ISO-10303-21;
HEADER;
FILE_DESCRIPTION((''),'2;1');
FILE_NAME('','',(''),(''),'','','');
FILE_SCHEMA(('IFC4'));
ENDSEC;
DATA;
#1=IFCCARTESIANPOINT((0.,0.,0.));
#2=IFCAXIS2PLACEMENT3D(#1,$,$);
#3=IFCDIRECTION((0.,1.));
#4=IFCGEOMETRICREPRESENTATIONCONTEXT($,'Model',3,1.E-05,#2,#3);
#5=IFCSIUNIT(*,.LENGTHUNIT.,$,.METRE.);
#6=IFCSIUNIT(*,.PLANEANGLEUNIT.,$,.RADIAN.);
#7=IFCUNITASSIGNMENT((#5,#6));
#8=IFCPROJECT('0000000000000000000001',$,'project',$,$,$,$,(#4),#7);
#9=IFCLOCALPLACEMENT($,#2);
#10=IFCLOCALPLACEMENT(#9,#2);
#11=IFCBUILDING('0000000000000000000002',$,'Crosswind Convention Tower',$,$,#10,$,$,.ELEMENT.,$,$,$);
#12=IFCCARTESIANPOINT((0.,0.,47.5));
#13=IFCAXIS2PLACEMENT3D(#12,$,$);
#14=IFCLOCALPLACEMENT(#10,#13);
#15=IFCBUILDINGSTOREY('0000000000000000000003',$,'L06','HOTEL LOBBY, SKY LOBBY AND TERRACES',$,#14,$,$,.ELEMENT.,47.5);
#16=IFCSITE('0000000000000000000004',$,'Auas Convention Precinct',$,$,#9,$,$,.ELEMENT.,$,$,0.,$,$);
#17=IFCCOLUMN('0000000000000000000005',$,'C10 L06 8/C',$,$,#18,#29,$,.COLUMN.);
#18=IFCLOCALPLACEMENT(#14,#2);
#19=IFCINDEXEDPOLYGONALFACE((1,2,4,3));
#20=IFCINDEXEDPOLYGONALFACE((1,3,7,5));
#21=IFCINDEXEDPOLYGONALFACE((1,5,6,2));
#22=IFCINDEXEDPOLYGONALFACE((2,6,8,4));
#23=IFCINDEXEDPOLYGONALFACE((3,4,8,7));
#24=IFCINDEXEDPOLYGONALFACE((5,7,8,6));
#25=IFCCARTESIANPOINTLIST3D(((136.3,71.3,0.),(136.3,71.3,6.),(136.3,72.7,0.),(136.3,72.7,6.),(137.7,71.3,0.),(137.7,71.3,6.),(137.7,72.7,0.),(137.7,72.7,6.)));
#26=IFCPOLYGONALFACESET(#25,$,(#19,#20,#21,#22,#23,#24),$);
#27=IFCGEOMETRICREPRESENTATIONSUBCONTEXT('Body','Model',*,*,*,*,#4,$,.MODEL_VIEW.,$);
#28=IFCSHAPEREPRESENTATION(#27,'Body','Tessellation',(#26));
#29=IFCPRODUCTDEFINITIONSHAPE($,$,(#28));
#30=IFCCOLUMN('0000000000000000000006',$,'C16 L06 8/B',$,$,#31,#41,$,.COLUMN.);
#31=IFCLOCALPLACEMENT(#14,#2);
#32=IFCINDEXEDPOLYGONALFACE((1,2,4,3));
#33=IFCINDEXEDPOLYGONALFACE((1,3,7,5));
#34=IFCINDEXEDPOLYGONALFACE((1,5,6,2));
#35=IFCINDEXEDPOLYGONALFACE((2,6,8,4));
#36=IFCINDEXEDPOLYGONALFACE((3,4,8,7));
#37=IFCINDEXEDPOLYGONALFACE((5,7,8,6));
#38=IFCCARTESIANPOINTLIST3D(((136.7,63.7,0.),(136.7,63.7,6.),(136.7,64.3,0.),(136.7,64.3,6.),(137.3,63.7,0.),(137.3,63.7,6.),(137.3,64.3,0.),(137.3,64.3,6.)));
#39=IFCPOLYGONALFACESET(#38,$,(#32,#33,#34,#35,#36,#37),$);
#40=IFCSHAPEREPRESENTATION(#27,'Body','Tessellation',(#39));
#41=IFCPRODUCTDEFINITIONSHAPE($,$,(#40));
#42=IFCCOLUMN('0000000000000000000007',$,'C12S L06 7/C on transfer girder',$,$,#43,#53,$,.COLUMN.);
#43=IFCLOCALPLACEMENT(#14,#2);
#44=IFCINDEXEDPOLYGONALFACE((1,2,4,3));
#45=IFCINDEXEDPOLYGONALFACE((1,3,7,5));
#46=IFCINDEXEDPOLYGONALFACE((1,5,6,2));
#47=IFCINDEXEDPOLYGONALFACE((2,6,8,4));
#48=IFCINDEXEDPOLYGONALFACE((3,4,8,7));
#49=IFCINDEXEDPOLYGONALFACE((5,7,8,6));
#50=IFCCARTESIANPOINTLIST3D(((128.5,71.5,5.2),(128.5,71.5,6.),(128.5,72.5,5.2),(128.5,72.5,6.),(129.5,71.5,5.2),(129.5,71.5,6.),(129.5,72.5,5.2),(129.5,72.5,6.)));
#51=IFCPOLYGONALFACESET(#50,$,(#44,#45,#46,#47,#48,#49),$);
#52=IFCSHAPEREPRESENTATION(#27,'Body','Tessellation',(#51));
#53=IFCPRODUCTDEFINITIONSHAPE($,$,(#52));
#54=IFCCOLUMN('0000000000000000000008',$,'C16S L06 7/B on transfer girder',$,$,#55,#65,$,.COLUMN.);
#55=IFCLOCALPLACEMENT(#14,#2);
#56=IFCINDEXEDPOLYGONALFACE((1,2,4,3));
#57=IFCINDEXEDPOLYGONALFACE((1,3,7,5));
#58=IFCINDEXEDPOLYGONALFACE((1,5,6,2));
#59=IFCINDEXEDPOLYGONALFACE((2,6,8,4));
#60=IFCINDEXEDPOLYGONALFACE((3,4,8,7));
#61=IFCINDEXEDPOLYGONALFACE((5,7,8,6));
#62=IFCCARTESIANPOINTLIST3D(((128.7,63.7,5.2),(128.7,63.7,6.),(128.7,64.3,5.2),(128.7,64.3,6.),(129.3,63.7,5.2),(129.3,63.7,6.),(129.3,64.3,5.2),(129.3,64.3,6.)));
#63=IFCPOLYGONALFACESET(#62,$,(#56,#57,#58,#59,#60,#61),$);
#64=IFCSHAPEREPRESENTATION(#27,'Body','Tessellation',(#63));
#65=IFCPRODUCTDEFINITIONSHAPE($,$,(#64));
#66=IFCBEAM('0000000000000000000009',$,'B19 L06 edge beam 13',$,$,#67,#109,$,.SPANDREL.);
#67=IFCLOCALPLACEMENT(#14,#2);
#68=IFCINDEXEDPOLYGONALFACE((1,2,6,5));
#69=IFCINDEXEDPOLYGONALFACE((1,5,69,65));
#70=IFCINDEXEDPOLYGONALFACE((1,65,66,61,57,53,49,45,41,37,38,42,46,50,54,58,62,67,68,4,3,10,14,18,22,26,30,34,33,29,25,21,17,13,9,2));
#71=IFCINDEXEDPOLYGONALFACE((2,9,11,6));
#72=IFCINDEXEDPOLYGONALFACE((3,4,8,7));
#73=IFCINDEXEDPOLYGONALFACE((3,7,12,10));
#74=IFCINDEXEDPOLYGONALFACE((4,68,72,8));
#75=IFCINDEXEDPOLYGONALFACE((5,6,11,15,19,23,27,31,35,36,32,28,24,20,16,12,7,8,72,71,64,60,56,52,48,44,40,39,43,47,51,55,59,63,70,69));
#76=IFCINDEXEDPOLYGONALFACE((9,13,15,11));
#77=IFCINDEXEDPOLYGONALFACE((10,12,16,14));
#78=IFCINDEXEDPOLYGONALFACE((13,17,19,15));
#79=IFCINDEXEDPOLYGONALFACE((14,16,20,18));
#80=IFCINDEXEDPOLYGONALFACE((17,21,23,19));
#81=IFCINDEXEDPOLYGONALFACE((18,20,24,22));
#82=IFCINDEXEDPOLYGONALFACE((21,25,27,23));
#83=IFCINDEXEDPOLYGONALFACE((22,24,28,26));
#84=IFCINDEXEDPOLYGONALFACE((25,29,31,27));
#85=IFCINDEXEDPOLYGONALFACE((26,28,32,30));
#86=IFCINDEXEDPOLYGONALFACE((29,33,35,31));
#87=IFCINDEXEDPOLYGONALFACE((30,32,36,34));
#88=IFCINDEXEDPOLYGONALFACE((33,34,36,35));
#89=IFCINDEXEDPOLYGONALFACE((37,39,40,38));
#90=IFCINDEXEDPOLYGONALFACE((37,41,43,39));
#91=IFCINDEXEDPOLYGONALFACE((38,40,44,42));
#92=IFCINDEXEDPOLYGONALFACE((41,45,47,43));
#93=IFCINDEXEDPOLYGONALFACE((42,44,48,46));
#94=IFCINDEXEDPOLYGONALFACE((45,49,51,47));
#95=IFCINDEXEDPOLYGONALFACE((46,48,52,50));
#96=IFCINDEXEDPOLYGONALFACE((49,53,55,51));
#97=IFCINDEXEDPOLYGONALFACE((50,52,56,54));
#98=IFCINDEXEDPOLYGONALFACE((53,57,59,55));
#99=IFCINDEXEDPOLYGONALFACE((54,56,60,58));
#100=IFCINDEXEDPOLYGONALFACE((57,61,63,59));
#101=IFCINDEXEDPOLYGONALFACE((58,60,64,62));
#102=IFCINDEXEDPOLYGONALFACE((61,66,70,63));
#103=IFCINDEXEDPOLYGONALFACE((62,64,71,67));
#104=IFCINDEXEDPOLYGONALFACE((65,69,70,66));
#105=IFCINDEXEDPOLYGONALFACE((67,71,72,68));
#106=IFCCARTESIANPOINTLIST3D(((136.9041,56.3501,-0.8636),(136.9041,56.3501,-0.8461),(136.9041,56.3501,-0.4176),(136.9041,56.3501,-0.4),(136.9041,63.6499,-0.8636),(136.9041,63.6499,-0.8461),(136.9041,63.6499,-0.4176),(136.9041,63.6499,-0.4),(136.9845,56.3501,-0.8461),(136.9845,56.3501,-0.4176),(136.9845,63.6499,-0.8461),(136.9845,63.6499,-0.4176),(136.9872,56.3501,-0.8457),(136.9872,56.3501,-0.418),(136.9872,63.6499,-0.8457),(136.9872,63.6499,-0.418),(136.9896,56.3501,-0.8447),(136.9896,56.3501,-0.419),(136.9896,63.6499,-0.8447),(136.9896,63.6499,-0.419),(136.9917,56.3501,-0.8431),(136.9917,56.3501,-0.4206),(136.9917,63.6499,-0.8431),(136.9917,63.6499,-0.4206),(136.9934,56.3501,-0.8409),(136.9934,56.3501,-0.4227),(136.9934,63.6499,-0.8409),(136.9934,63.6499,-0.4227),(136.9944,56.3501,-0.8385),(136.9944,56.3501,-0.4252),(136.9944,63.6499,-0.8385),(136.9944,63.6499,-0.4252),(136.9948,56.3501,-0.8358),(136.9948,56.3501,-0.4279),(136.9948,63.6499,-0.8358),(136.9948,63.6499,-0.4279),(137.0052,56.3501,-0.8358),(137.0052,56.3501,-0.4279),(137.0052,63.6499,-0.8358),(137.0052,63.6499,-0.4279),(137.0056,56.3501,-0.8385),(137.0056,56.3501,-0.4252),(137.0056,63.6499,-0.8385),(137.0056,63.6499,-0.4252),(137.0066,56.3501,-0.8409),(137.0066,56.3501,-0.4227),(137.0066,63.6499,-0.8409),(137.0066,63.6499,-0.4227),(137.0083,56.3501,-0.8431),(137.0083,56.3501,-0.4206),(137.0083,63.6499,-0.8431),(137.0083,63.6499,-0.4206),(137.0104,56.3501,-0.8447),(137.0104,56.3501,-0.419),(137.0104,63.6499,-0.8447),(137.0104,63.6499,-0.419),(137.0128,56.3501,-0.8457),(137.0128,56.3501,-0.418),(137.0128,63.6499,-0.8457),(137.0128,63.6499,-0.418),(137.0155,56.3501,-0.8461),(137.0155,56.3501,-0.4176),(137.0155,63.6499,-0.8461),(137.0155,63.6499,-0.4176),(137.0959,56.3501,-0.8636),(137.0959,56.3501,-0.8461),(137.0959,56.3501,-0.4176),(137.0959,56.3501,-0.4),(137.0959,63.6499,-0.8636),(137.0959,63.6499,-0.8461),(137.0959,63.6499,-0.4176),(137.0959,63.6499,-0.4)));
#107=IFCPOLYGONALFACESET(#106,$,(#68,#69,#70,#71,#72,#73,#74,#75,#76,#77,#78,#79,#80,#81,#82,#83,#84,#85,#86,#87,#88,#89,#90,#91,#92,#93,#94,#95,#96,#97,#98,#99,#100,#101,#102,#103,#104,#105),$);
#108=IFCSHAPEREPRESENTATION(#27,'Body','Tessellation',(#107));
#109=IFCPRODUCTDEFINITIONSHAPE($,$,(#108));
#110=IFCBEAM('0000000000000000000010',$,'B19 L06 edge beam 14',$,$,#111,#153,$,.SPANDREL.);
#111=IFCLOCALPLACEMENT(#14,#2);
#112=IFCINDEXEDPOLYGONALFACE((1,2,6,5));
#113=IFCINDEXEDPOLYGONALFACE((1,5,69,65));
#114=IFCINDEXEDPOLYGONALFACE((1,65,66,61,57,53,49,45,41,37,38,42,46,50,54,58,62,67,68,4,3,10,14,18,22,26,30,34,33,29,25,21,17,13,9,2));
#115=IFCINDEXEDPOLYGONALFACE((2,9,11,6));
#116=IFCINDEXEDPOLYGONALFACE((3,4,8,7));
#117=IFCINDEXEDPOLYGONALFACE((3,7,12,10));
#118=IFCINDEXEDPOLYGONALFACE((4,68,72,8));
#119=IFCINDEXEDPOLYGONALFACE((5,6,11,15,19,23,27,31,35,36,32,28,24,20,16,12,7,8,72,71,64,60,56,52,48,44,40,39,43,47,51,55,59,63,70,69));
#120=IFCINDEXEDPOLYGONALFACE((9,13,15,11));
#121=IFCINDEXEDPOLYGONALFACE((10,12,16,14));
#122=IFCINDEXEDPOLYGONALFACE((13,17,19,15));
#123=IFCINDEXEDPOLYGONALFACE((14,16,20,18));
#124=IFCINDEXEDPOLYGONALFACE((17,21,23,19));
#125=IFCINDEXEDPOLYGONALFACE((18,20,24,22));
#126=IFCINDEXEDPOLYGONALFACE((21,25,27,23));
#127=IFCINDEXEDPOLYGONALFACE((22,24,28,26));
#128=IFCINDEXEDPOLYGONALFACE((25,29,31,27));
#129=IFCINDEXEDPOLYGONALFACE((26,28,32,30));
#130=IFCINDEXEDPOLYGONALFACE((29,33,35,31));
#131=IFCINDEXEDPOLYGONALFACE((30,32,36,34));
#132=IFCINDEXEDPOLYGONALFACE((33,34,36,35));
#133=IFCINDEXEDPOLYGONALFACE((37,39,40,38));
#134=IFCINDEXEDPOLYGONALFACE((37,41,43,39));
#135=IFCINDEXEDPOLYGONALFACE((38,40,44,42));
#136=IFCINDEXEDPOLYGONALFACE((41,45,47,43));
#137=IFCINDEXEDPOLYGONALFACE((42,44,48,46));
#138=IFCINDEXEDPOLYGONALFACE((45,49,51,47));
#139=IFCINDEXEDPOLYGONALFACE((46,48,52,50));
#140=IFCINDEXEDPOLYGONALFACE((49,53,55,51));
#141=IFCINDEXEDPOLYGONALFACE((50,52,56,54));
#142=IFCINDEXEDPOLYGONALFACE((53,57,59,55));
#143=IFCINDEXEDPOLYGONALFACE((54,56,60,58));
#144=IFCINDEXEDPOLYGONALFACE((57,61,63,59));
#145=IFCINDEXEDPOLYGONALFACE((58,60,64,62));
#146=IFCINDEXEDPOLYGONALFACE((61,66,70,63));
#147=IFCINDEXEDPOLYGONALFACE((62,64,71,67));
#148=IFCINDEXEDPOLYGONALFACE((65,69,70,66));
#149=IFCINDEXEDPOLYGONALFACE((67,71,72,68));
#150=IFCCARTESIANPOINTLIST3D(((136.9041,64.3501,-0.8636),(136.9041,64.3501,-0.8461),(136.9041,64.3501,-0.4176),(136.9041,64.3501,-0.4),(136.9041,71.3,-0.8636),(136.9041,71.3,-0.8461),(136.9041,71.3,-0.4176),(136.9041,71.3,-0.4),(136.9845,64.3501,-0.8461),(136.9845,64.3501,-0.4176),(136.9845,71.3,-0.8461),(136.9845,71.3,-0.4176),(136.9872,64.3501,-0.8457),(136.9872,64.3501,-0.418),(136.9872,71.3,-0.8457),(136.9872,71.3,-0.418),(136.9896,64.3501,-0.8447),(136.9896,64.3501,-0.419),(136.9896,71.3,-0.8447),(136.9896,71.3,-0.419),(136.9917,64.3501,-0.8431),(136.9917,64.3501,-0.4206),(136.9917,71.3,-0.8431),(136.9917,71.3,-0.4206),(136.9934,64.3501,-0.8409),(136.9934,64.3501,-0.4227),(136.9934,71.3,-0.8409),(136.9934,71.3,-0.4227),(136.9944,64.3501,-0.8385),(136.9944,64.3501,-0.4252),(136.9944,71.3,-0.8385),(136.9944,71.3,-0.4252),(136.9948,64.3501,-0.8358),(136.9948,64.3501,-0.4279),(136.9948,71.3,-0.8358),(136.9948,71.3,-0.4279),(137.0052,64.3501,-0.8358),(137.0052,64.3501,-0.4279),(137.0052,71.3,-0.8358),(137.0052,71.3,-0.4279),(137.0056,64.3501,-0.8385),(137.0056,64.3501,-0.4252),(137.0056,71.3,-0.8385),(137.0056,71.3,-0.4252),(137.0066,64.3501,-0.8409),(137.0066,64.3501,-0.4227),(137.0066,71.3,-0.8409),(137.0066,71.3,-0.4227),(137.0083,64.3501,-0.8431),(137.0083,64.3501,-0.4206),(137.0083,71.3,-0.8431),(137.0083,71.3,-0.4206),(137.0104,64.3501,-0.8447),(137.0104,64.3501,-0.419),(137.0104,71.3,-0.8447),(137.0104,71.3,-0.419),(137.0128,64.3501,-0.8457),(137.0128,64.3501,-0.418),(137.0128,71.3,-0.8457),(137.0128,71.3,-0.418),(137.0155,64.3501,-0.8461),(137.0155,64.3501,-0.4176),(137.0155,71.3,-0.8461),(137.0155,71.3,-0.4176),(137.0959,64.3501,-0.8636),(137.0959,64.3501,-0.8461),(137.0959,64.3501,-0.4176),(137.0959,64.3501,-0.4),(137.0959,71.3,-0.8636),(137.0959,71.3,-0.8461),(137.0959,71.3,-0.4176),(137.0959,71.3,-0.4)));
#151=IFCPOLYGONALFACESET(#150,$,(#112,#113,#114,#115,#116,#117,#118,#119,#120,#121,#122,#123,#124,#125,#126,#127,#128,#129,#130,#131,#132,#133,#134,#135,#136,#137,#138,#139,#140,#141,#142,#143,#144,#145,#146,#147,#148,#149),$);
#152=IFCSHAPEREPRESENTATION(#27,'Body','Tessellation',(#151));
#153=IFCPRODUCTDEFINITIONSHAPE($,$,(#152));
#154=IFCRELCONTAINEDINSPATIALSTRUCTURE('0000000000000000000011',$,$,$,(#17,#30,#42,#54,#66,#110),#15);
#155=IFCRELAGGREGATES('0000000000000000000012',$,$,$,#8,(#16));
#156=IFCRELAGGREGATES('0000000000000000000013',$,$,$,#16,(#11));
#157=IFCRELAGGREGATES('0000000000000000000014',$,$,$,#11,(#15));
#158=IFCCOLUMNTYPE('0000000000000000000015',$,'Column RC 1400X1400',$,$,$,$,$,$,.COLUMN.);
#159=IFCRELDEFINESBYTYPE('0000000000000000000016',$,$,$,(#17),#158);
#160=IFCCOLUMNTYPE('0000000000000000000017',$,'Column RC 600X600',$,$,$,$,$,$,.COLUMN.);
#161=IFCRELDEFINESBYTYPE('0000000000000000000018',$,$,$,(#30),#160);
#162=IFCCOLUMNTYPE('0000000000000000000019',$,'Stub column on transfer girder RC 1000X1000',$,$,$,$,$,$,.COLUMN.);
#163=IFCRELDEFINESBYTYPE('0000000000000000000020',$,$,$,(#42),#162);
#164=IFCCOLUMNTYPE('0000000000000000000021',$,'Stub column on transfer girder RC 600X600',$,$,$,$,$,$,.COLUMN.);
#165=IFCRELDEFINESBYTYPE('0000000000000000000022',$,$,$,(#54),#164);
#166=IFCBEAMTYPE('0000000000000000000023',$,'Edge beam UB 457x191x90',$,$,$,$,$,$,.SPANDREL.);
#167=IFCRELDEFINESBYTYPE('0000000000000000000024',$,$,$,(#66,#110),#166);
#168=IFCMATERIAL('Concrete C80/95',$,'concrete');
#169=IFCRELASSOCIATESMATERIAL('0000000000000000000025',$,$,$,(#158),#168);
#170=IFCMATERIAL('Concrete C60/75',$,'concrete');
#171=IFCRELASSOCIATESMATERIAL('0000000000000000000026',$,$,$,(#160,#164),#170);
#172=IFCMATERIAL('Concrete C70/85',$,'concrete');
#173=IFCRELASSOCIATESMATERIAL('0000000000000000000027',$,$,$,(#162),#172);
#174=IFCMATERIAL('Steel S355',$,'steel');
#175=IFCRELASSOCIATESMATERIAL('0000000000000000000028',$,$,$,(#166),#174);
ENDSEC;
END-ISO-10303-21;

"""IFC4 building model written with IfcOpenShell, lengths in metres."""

from ifc_helpers import new_model, si_unit, direction, frame, origin, origin_2d, place, context, subcontext, project, spatial, rectangle, i_section, extrude, material, material_profile, profile_set, type_object, element, save


model = new_model("IFC4")

# Units and contexts
model_context = context("Model", 3, precision=1e-05, world=origin(), true_north=direction((0.0, 1.0)))
body_context = subcontext(model_context, "Body", "Model", "MODEL_VIEW")
ifc_project = project(units=[si_unit("LENGTHUNIT", "METRE"), si_unit("PLANEANGLEUNIT", "RADIAN")], contexts=[model_context])

# Site, building, storey
site_placement = place(None, origin())
site = spatial("IfcSite", under=ifc_project, at=site_placement, Name="Auas Convention Precinct", CompositionType="ELEMENT", RefElevation=0.0)
building_placement = place(site_placement, origin())
building = spatial("IfcBuilding", under=site, at=building_placement, Name="Crosswind Convention Tower", CompositionType="ELEMENT")
storey_placement = place(building_placement, frame((0.0, 0.0, 47.5)))
storey = spatial("IfcBuildingStorey", under=building, at=storey_placement, Name="L06", Description="HOTEL LOBBY, SKY LOBBY AND TERRACES", CompositionType="ELEMENT", Elevation=47.5)

# Columns
ifc_material_1 = material(Name="Concrete C80/95", Category="concrete")
ifc_material_profile_1 = material_profile(ifc_material_1, rectangle(XDim=1.3999, YDim=1.3999, at=origin_2d()), Name="RC 1400X1400")
ifc_profile_set_1 = profile_set([ifc_material_profile_1], Name="Concrete C80/95")
column_type_1 = type_object("IfcColumnType", Name="Column RC 1400X1400", PredefinedType="COLUMN", material=ifc_profile_set_1)
column_1_placement = place(storey_placement, frame((137.0, 72.0, 0.0), z_axis=(0.0, 0.0, 1.0), x_axis=(1.0, 0.0, 0.0)))
element("IfcColumn", 1, at=column_1_placement, inside=storey, type_object=column_type_1, Name="C10 L06 8/C", PredefinedType="COLUMN", context=body_context, shape_type="SweptSolid", body=[
    extrude(rectangle(XDim=1.3999, YDim=1.3999, at=origin_2d()), origin(), (0.0, 0.0, 1.0), 6.0),
])
ifc_material_2 = material(Name="Concrete C60/75", Category="concrete")
ifc_material_profile_2 = material_profile(ifc_material_2, rectangle(XDim=0.6001, YDim=0.6001, at=origin_2d()), Name="RC 600X600")
ifc_profile_set_2 = profile_set([ifc_material_profile_2], Name="Concrete C60/75")
column_type_2 = type_object("IfcColumnType", Name="Column RC 600X600", PredefinedType="COLUMN", material=ifc_profile_set_2)
column_2_placement = place(storey_placement, frame((137.0, 64.0, 0.0), z_axis=(0.0, 0.0, 1.0), x_axis=(1.0, 0.0, 0.0)))
element("IfcColumn", 2, at=column_2_placement, inside=storey, type_object=column_type_2, Name="C16 L06 8/B", PredefinedType="COLUMN", context=body_context, shape_type="SweptSolid", body=[
    extrude(rectangle(XDim=0.6001, YDim=0.6001, at=origin_2d()), origin(), (0.0, 0.0, 1.0), 6.0),
])
ifc_material_3 = material(Name="Concrete C70/85", Category="concrete")
ifc_material_profile_3 = material_profile(ifc_material_3, rectangle(XDim=1.0, YDim=1.0, at=origin_2d()), Name="RC 1000X1000")
ifc_profile_set_3 = profile_set([ifc_material_profile_3], Name="Concrete C70/85")
column_type_3 = type_object("IfcColumnType", Name="Stub column on transfer girder RC 1000X1000", PredefinedType="COLUMN", material=ifc_profile_set_3)
column_3_placement = place(storey_placement, frame((129.0, 72.0, 5.2), z_axis=(0.0, 0.0, 1.0), x_axis=(1.0, 0.0, 0.0)))
element("IfcColumn", 3, at=column_3_placement, inside=storey, type_object=column_type_3, Name="C12S L06 7/C on transfer girder", PredefinedType="COLUMN", context=body_context, shape_type="SweptSolid", body=[
    extrude(rectangle(XDim=1.0, YDim=1.0, at=origin_2d()), origin(), (0.0, 0.0, 1.0), 0.8),
])
ifc_material_profile_4 = material_profile(ifc_material_2, rectangle(XDim=0.6001, YDim=0.6001, at=origin_2d()), Name="RC 600X600")
ifc_profile_set_4 = profile_set([ifc_material_profile_4], Name="Concrete C60/75")
column_type_4 = type_object("IfcColumnType", Name="Stub column on transfer girder RC 600X600", PredefinedType="COLUMN", material=ifc_profile_set_4)
column_4_placement = place(storey_placement, frame((129.0, 64.0, 5.2), z_axis=(0.0, 0.0, 1.0), x_axis=(1.0, 0.0, 0.0)))
element("IfcColumn", 4, at=column_4_placement, inside=storey, type_object=column_type_4, Name="C16S L06 7/B on transfer girder", PredefinedType="COLUMN", context=body_context, shape_type="SweptSolid", body=[
    extrude(rectangle(XDim=0.6001, YDim=0.6001, at=origin_2d()), origin(), (0.0, 0.0, 1.0), 0.8),
])

# Beams
ifc_material_4 = material(Name="Steel S355", Category="steel")
ifc_material_profile_5 = material_profile(ifc_material_4, i_section(OverallWidth=0.1919, OverallDepth=0.4636, WebThickness=0.0105, FlangeThickness=0.0176, FilletRadius=0.0103, at=origin_2d()), Name="UB 457x191x90")
ifc_profile_set_5 = profile_set([ifc_material_profile_5], Name="Steel S355")
beam_type_1 = type_object("IfcBeamType", Name="Edge beam UB 457x191x90", PredefinedType="SPANDREL", material=ifc_profile_set_5)
beam_1_placement = place(storey_placement, frame((137.0, 56.3501, -0.6318), z_axis=(0.0, 1.0, 0.0), x_axis=(-1.0, 0.0, 0.0)))
element("IfcBeam", 5, at=beam_1_placement, inside=storey, type_object=beam_type_1, Name="B19 L06 edge beam 13", PredefinedType="SPANDREL", context=body_context, shape_type="SweptSolid", body=[
    extrude(i_section(OverallWidth=0.1919, OverallDepth=0.4636, WebThickness=0.0105, FlangeThickness=0.0176, FilletRadius=0.0103, at=origin_2d()), origin(), (0.0, 0.0, 1.0), 7.2998),
])
beam_2_placement = place(storey_placement, frame((137.0, 64.3501, -0.6318), z_axis=(0.0, 1.0, 0.0), x_axis=(-1.0, 0.0, 0.0)))
element("IfcBeam", 6, at=beam_2_placement, inside=storey, type_object=beam_type_1, Name="B19 L06 edge beam 14", PredefinedType="SPANDREL", context=body_context, shape_type="SweptSolid", body=[
    extrude(i_section(OverallWidth=0.1919, OverallDepth=0.4636, WebThickness=0.0105, FlangeThickness=0.0176, FilletRadius=0.0103, at=origin_2d()), origin(), (0.0, 0.0, 1.0), 6.95),
])

save(model, "model.ifc")
